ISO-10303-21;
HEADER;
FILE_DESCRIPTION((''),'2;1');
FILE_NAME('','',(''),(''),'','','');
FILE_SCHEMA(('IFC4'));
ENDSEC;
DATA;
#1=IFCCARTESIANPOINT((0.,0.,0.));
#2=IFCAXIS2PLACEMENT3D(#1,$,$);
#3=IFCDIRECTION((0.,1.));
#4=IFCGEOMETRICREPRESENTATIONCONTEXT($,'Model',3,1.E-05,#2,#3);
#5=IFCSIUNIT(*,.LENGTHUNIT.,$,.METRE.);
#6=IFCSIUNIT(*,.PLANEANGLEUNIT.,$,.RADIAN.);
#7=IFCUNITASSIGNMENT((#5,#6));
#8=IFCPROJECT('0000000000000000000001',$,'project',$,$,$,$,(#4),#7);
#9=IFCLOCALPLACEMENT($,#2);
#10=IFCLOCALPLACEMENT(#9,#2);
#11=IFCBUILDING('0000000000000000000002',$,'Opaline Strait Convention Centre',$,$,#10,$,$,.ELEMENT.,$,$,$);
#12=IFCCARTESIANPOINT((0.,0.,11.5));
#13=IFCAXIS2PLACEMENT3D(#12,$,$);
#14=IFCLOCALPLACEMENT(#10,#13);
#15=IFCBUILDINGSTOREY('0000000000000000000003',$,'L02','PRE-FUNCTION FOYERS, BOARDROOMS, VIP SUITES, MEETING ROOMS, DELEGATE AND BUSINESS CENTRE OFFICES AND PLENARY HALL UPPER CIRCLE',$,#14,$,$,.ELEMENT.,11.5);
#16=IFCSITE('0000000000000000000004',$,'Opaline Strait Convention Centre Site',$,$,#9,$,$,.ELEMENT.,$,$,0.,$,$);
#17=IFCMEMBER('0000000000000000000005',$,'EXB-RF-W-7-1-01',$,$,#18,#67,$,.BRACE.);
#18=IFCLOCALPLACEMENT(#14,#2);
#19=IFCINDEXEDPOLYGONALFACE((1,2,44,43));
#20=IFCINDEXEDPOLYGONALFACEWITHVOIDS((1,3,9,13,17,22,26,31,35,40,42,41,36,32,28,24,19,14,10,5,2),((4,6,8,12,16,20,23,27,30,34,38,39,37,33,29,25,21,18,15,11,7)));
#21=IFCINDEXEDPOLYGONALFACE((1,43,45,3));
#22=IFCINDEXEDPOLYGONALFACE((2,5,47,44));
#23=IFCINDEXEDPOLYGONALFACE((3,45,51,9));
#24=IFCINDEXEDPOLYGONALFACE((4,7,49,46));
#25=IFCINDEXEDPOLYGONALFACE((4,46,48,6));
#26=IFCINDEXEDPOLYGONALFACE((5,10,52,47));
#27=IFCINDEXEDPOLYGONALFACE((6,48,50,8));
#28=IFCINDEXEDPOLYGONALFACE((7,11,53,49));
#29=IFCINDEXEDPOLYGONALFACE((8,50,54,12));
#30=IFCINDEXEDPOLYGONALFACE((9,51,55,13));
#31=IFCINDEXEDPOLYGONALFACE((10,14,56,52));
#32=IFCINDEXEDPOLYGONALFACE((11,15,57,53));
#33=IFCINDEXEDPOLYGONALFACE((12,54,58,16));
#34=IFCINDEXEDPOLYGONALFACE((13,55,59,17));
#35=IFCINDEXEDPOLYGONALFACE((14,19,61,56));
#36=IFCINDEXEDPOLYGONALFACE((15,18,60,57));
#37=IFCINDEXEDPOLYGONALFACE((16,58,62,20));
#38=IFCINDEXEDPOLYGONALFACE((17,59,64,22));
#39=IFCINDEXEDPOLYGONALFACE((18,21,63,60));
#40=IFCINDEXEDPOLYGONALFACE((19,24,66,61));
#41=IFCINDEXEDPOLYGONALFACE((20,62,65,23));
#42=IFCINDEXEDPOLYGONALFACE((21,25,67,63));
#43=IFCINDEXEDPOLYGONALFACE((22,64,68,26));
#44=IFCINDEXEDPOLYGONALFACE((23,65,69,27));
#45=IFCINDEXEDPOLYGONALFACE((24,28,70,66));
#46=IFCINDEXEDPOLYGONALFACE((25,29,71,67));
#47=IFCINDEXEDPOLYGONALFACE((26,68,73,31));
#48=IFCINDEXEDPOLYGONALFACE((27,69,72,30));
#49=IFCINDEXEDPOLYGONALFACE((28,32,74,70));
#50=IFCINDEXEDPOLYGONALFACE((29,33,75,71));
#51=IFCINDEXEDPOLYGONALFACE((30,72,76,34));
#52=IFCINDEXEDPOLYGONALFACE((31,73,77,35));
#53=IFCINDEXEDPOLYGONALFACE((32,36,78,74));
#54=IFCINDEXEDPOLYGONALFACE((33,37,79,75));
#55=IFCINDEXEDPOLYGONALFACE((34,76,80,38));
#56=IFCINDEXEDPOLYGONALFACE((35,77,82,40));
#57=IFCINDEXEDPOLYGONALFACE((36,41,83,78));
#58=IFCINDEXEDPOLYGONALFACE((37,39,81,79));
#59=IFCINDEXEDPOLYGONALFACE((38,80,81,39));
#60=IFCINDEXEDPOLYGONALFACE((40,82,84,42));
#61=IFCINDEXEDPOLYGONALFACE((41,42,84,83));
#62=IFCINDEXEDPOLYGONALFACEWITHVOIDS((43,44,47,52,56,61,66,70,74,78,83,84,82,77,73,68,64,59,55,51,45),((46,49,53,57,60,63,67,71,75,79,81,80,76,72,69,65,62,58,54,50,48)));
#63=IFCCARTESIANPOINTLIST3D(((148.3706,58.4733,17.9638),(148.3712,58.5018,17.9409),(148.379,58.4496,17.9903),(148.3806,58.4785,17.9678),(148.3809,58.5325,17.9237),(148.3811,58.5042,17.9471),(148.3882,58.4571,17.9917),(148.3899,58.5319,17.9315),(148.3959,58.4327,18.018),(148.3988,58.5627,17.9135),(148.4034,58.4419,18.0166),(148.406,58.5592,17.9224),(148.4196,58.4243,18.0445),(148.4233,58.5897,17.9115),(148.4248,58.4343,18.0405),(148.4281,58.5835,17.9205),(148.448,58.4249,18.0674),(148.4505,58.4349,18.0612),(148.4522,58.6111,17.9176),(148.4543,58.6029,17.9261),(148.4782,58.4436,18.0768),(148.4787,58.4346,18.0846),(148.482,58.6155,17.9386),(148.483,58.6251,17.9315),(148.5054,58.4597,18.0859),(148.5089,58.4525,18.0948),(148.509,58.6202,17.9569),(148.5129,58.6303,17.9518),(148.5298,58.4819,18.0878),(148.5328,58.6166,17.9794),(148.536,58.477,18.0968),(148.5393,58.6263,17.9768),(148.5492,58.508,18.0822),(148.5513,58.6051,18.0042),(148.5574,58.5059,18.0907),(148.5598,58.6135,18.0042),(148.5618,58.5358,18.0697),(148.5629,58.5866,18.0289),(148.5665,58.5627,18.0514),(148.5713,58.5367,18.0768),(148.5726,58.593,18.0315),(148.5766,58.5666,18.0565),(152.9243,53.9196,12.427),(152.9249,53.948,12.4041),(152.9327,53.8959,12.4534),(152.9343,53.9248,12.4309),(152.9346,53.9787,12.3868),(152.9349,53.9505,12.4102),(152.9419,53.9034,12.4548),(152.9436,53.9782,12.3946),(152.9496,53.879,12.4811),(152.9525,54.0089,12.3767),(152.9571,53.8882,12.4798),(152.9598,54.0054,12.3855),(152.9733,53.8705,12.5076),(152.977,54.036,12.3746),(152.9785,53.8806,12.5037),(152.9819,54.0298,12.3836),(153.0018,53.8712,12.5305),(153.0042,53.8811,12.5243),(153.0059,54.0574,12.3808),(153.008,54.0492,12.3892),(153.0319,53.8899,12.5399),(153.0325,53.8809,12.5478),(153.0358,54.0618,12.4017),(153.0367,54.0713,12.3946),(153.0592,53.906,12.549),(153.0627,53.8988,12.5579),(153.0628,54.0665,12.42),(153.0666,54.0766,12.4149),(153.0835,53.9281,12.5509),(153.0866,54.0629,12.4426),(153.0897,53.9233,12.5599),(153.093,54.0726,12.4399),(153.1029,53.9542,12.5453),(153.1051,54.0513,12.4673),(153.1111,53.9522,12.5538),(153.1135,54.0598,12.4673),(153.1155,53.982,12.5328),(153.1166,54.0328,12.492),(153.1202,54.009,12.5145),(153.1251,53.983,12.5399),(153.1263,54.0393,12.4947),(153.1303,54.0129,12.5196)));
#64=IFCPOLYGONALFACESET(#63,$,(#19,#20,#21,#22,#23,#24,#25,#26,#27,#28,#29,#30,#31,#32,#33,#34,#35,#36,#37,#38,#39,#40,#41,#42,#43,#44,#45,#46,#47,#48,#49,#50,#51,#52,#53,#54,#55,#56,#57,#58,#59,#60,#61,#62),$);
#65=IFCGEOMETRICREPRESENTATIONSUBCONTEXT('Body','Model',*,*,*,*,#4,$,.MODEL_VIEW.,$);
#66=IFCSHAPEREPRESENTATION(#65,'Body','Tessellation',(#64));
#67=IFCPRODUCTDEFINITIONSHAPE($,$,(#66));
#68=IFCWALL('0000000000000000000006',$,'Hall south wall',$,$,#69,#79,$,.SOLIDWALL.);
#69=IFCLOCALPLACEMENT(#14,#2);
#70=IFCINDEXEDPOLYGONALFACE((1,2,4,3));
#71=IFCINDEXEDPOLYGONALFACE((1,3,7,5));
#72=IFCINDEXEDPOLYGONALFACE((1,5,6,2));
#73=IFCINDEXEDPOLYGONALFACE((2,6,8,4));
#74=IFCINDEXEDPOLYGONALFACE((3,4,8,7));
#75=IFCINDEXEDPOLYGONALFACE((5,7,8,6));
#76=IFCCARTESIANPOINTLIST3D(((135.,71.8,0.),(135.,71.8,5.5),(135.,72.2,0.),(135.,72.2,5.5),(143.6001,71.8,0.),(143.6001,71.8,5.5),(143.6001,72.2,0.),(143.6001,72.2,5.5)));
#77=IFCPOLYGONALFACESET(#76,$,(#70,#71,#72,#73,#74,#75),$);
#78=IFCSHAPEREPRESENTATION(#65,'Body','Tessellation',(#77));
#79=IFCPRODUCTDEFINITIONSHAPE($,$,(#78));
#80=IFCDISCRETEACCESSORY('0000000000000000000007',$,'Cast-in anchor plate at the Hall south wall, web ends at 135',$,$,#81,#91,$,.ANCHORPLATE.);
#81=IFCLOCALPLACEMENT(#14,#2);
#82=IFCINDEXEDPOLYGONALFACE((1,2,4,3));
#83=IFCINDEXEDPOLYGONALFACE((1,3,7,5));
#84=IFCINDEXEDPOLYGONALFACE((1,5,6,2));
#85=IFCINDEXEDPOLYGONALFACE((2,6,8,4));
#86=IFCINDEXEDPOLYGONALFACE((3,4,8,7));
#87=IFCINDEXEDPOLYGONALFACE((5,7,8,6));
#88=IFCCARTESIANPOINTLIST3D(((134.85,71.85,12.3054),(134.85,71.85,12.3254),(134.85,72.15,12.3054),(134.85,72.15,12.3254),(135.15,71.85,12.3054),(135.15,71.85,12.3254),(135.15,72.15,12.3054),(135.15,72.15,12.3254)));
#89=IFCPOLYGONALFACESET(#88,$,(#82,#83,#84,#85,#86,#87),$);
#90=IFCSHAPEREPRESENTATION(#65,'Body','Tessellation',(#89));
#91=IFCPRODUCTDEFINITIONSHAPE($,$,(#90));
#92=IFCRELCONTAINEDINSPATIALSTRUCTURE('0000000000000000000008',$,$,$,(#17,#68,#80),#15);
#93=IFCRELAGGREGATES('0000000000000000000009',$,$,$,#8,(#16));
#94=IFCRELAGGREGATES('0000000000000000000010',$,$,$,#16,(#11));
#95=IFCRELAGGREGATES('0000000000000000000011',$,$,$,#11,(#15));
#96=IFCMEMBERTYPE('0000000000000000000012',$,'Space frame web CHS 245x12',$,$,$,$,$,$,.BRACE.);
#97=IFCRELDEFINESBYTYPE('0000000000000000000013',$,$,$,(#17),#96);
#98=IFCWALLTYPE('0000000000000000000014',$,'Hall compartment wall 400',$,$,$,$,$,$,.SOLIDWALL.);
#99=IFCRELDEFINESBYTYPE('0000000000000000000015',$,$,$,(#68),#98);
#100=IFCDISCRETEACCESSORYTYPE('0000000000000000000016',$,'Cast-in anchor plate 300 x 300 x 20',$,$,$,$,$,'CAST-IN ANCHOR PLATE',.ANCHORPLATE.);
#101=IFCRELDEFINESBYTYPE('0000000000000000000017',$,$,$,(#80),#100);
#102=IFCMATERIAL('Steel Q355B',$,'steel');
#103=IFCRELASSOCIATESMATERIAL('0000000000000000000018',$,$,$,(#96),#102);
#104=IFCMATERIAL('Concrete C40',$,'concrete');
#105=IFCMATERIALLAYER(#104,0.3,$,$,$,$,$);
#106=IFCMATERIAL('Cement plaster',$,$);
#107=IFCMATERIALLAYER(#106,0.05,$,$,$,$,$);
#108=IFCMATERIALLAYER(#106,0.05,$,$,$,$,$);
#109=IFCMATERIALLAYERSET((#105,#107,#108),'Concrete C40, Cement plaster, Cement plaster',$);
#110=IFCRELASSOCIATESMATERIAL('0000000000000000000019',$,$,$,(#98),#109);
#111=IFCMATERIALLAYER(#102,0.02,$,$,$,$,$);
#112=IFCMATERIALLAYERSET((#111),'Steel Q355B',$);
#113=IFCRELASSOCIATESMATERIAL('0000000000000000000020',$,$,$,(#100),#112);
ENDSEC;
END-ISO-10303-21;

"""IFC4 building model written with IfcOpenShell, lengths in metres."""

from ifc_helpers import new_model, si_unit, direction, frame, frame_2d, origin, origin_2d, place, context, subcontext, project, spatial, rectangle, hollow_circle, extrude, material, layer, layer_set, material_profile, profile_set, type_object, element, save


model = new_model("IFC4")

# Units and contexts
model_context = context("Model", 3, precision=1e-05, world=origin(), true_north=direction((0.0, 1.0)))
body_context = subcontext(model_context, "Body", "Model", "MODEL_VIEW")
ifc_project = project(units=[si_unit("LENGTHUNIT", "METRE"), si_unit("PLANEANGLEUNIT", "RADIAN")], contexts=[model_context])

# Site, building, storey
site_placement = place(None, origin())
site = spatial("IfcSite", under=ifc_project, at=site_placement, Name="Opaline Strait Convention Centre Site", CompositionType="ELEMENT", RefElevation=0.0)
building_placement = place(site_placement, origin())
building = spatial("IfcBuilding", under=site, at=building_placement, Name="Opaline Strait Convention Centre", CompositionType="ELEMENT")
storey_placement = place(building_placement, frame((0.0, 0.0, 11.5)))
storey = spatial("IfcBuildingStorey", under=building, at=storey_placement, Name="L02", Description="PRE-FUNCTION FOYERS, BOARDROOMS, VIP SUITES, MEETING ROOMS, DELEGATE AND BUSINESS CENTRE OFFICES AND PLENARY HALL UPPER CIRCLE", CompositionType="ELEMENT", Elevation=11.5)

# Member
ifc_material_1 = material(Name="Steel Q355B", Category="steel")
ifc_material_profile_1 = material_profile(ifc_material_1, hollow_circle(Radius=0.1226, WallThickness=0.012, at=origin_2d()), Name="CHS 245x12")
ifc_profile_set_1 = profile_set([ifc_material_profile_1], Name="Steel Q355B")
member_type_1 = type_object("IfcMemberType", Name="Space frame web CHS 245x12", PredefinedType="BRACE", material=ifc_profile_set_1)
for number, where, z_axis, x_axis, name in (
    (1, (148.4731, 58.5269, 18.0042), (0.536178, -0.536178, -0.65194), (0.707107, 0.707107, 0.0), "EXB-RF-W-7-1-01"),
):
    element("IfcMember", number, at=place(storey_placement, frame(where, z_axis=z_axis, x_axis=x_axis)), inside=storey, type_object=member_type_1, Name=name, PredefinedType="BRACE", context=body_context, shape_type="SweptSolid", body=[
        extrude(hollow_circle(Radius=0.1226, WallThickness=0.012, at=origin_2d()), origin(), (0.0, 0.0, 1.0), 8.4929),
    ])

# Wall
ifc_material_2 = material(Name="Concrete C40", Category="concrete")
ifc_layer_1 = layer(ifc_material_2, 0.3)
ifc_material_3 = material(Name="Cement plaster")
ifc_layer_2 = layer(ifc_material_3, 0.05)
ifc_layer_3 = layer(ifc_material_3, 0.05)
ifc_layer_set_1 = layer_set([ifc_layer_1, ifc_layer_2, ifc_layer_3], Name="Concrete C40, Cement plaster, Cement plaster")
wall_type = type_object("IfcWallType", Name="Hall compartment wall 400", PredefinedType="SOLIDWALL", material=ifc_layer_set_1)
wall_placement = place(storey_placement, frame((135.0, 72.0, 0.0), z_axis=(0.0, 0.0, 1.0), x_axis=(1.0, 0.0, 0.0)))
element("IfcWall", 2, at=wall_placement, inside=storey, type_object=wall_type, Name="Hall south wall", PredefinedType="SOLIDWALL", context=body_context, shape_type="SweptSolid", body=[
    extrude(rectangle(XDim=8.6001, YDim=0.3999, at=frame_2d((4.3, 0.0))), origin(), (0.0, 0.0, 1.0), 5.5),
])

# Discrete accessory
ifc_layer_4 = layer(ifc_material_1, 0.02)
ifc_layer_set_2 = layer_set([ifc_layer_4], Name="Steel Q355B")
discrete_accessory_type = type_object("IfcDiscreteAccessoryType", Name="Cast-in anchor plate 300 x 300 x 20", ElementType="CAST-IN ANCHOR PLATE", PredefinedType="ANCHORPLATE", material=ifc_layer_set_2)
discrete_accessory_placement = place(storey_placement, frame((135.0, 72.0, 12.3054), z_axis=(0.0, 0.0, 1.0), x_axis=(1.0, 0.0, 0.0)))
element("IfcDiscreteAccessory", 3, at=discrete_accessory_placement, inside=storey, type_object=discrete_accessory_type, Name="Cast-in anchor plate at the Hall south wall, web ends at 135", PredefinedType="ANCHORPLATE", context=body_context, shape_type="SweptSolid", body=[
    extrude(rectangle(XDim=0.3, YDim=0.3, at=origin_2d()), origin(), (0.0, 0.0, 1.0), 0.02),
])

save(model, "model.ifc")
